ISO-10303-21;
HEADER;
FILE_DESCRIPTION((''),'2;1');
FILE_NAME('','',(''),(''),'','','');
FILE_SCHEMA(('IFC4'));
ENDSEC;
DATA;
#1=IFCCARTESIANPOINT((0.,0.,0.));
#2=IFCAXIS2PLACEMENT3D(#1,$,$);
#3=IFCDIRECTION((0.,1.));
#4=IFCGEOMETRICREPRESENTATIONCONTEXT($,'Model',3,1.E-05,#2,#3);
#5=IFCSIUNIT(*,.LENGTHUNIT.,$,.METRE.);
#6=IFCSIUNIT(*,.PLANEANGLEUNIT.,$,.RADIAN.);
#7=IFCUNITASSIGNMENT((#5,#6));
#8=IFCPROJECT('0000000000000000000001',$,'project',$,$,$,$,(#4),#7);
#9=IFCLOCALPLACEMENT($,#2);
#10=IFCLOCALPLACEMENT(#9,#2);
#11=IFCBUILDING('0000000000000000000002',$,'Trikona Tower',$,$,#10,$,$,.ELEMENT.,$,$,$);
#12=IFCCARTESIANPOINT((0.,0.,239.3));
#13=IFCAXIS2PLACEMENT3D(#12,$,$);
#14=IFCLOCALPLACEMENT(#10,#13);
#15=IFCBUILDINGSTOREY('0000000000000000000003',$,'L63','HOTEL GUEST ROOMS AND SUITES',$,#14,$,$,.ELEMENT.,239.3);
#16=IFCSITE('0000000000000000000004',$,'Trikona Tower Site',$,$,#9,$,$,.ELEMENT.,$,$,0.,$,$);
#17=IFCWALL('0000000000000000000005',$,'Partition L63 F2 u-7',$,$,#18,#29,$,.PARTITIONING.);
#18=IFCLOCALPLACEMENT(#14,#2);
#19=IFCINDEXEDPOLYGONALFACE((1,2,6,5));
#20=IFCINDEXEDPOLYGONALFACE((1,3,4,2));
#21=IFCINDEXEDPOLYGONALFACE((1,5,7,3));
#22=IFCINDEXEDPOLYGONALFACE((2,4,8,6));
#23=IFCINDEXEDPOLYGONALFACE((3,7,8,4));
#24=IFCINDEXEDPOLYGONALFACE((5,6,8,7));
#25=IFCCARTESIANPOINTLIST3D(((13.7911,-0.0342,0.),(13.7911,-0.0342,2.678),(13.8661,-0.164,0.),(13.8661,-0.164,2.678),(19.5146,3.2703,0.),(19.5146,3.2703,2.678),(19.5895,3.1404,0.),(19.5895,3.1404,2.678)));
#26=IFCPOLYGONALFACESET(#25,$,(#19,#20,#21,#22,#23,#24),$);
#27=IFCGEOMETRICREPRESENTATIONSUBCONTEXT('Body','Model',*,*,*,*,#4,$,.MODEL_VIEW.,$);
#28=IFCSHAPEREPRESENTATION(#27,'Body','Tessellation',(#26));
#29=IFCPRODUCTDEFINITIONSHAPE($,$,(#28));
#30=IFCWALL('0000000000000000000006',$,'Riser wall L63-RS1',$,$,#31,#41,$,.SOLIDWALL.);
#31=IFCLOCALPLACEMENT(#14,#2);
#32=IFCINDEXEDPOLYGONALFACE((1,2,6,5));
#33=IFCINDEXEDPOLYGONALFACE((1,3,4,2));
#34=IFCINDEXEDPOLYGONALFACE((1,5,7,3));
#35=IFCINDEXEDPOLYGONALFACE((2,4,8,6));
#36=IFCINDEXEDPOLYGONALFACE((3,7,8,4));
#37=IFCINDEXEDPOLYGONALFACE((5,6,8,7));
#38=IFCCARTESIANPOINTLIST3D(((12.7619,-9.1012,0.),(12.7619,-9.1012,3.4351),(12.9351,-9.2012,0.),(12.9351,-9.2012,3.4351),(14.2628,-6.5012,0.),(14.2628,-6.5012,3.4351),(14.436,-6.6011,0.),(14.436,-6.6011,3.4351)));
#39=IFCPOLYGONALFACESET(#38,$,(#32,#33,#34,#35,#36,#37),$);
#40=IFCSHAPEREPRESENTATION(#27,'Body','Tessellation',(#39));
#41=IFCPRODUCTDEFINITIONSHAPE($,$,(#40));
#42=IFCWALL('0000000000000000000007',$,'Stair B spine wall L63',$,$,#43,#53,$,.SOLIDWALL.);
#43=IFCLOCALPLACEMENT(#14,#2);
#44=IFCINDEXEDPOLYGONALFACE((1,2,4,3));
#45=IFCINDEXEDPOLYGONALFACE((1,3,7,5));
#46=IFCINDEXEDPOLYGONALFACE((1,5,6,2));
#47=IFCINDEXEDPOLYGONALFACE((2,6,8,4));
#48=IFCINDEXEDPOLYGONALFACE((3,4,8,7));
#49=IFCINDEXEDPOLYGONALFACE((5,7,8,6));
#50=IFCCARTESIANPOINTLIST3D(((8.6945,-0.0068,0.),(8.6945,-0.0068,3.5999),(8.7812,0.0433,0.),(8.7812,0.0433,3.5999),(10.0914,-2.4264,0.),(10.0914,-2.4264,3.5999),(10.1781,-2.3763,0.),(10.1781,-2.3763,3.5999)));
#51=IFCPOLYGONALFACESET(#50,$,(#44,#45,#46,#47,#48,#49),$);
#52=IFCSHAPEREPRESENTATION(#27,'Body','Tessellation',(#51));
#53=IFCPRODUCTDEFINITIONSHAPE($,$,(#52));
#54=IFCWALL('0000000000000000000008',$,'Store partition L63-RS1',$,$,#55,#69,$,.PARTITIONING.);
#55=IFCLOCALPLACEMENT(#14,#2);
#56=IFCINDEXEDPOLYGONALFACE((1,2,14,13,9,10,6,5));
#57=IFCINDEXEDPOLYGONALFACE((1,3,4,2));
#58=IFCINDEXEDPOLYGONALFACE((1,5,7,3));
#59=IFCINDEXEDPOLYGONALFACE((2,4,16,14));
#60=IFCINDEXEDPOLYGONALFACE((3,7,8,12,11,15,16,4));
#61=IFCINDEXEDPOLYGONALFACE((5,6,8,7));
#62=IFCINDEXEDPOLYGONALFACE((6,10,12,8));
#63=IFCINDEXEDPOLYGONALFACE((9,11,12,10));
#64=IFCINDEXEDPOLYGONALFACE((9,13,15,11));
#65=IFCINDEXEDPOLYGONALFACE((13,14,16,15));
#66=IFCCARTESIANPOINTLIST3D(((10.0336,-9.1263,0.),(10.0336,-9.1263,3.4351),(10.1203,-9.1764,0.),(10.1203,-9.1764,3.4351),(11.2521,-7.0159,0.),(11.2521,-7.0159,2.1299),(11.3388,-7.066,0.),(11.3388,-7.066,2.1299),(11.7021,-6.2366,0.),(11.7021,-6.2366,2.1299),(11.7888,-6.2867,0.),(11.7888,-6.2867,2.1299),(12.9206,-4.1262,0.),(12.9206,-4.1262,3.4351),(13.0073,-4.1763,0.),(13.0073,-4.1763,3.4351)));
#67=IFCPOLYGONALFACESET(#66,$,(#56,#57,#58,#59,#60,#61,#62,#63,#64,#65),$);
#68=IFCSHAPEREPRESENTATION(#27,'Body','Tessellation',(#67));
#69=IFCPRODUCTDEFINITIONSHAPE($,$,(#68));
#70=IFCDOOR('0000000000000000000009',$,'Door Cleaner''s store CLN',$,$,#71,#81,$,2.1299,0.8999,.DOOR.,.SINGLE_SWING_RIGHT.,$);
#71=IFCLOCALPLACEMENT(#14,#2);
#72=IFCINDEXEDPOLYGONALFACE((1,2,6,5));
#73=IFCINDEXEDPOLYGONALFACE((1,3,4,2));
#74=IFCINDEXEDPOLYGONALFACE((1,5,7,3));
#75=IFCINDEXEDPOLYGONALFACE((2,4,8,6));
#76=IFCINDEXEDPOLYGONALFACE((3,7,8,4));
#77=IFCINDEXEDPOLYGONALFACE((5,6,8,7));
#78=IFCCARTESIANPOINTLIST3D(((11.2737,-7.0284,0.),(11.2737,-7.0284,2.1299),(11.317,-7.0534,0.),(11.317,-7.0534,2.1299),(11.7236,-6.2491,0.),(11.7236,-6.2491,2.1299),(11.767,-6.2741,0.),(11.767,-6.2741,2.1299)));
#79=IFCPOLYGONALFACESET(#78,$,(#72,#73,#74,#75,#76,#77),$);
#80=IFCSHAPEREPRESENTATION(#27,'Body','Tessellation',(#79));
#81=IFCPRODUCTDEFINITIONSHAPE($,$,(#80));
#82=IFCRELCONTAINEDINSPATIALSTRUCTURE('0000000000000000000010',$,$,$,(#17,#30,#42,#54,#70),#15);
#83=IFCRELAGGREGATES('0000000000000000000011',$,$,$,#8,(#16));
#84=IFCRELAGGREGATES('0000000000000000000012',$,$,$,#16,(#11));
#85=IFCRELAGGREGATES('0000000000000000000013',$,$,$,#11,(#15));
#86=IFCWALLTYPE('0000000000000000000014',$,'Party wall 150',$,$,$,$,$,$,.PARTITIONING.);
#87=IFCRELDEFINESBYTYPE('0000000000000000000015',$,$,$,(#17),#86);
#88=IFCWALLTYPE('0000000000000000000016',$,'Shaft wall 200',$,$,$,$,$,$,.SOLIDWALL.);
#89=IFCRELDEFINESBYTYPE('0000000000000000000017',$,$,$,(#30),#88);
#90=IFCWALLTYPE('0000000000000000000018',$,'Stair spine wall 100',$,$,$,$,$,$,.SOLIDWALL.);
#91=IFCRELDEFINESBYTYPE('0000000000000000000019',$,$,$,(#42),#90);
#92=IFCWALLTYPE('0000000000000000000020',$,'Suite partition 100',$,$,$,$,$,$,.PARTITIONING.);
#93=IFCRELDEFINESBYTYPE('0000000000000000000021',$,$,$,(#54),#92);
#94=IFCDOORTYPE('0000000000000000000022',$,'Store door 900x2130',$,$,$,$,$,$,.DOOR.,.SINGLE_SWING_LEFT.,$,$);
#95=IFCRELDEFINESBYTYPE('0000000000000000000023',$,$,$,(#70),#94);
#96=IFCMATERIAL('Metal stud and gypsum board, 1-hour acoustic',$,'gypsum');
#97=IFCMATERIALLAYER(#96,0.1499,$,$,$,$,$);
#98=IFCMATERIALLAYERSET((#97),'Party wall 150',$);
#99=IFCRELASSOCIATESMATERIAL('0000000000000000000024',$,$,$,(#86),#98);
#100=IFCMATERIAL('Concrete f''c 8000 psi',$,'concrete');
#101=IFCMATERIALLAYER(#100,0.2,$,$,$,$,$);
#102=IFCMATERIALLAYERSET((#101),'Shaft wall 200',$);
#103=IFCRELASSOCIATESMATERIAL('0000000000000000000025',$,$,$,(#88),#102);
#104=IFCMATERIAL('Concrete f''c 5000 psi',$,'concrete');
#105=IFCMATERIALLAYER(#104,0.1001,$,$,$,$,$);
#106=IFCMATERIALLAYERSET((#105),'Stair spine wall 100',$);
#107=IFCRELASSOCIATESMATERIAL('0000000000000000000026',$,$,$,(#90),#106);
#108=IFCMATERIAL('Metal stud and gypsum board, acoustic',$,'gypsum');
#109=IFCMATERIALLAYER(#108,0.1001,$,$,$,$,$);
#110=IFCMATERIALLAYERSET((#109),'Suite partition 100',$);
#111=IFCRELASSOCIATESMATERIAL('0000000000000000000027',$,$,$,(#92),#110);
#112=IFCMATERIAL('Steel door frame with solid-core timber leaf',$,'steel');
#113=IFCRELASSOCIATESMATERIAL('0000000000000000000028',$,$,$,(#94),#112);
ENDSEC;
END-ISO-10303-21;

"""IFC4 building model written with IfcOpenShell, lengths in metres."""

from ifc_helpers import new_model, si_unit, direction, frame, frame_2d, origin, place, context, subcontext, project, spatial, rectangle, extrude, material, layer, layer_set, type_object, element, fill, save


model = new_model("IFC4")

# Units and contexts
model_context = context("Model", 3, precision=1e-05, world=origin(), true_north=direction((0.0, 1.0)))
body_context = subcontext(model_context, "Body", "Model", "MODEL_VIEW")
ifc_project = project(units=[si_unit("LENGTHUNIT", "METRE"), si_unit("PLANEANGLEUNIT", "RADIAN")], contexts=[model_context])

# Site, building, storey
site_placement = place(None, origin())
site = spatial("IfcSite", under=ifc_project, at=site_placement, Name="Trikona Tower Site", CompositionType="ELEMENT", RefElevation=0.0)
building_placement = place(site_placement, origin())
building = spatial("IfcBuilding", under=site, at=building_placement, Name="Trikona Tower", CompositionType="ELEMENT")
storey_placement = place(building_placement, frame((0.0, 0.0, 239.3)))
storey = spatial("IfcBuildingStorey", under=building, at=storey_placement, Name="L63", Description="HOTEL GUEST ROOMS AND SUITES", CompositionType="ELEMENT", Elevation=239.3)

# Walls
ifc_material_1 = material(Name="Metal stud and gypsum board, 1-hour acoustic", Category="gypsum")
ifc_layer_1 = layer(ifc_material_1, 0.1499)
ifc_layer_set_1 = layer_set([ifc_layer_1], Name="Party wall 150")
wall_type_1 = type_object("IfcWallType", Name="Party wall 150", PredefinedType="PARTITIONING", material=ifc_layer_set_1)
wall_1_placement = place(storey_placement, frame((13.8286, -0.0991, 0.0), z_axis=(0.0, 0.0, 1.0), x_axis=(0.866023, 0.500005, 0.0)))
element("IfcWall", 1, at=wall_1_placement, inside=storey, type_object=wall_type_1, Name="Partition L63 F2 u-7", PredefinedType="PARTITIONING", context=body_context, shape_type="SweptSolid", body=[
    extrude(rectangle(XDim=6.6089, YDim=0.1499, at=frame_2d((3.3044, 0.0))), origin(), (0.0, 0.0, 1.0), 2.678),
])
ifc_material_2 = material(Name="Concrete f'c 8000 psi", Category="concrete")
ifc_layer_2 = layer(ifc_material_2, 0.2)
ifc_layer_set_2 = layer_set([ifc_layer_2], Name="Shaft wall 200")
wall_type_2 = type_object("IfcWallType", Name="Shaft wall 200", PredefinedType="SOLIDWALL", material=ifc_layer_set_2)
wall_2_placement = place(storey_placement, frame((14.3494, -6.5513, 0.0), z_axis=(0.0, 0.0, 1.0), x_axis=(-0.499952, -0.866053, 0.0)))
element("IfcWall", 2, at=wall_2_placement, inside=storey, type_object=wall_type_2, Name="Riser wall L63-RS1", PredefinedType="SOLIDWALL", context=body_context, shape_type="SweptSolid", body=[
    extrude(rectangle(XDim=3.0022, YDim=0.2, at=frame_2d((1.501, 0.0))), origin(), (0.0, 0.0, 1.0), 3.4351),
])
ifc_material_3 = material(Name="Concrete f'c 5000 psi", Category="concrete")
ifc_layer_3 = layer(ifc_material_3, 0.1001)
ifc_layer_set_3 = layer_set([ifc_layer_3], Name="Stair spine wall 100")
wall_type_3 = type_object("IfcWallType", Name="Stair spine wall 100", PredefinedType="SOLIDWALL", material=ifc_layer_set_3)
wall_3_placement = place(storey_placement, frame((10.1348, -2.4014, 0.0), z_axis=(0.0, 0.0, 1.0), x_axis=(-0.499992, 0.86603, 0.0)))
element("IfcWall", 3, at=wall_3_placement, inside=storey, type_object=wall_type_3, Name="Stair B spine wall L63", PredefinedType="SOLIDWALL", context=body_context, shape_type="SweptSolid", body=[
    extrude(rectangle(XDim=2.7939, YDim=0.1001, at=frame_2d((1.397, 0.0))), origin(), (0.0, 0.0, 1.0), 3.5999),
])

# Wall, opening, door
ifc_material_4 = material(Name="Metal stud and gypsum board, acoustic", Category="gypsum")
ifc_layer_4 = layer(ifc_material_4, 0.1001)
ifc_layer_set_4 = layer_set([ifc_layer_4], Name="Suite partition 100")
wall_type_4 = type_object("IfcWallType", Name="Suite partition 100", PredefinedType="PARTITIONING", material=ifc_layer_set_4)
wall_4_placement = place(storey_placement, frame((12.9639, -4.1514, 0.0), z_axis=(0.0, 0.0, 1.0), x_axis=(-0.500027, -0.86601, 0.0)))
wall_4 = element("IfcWall", 4, at=wall_4_placement, inside=storey, type_object=wall_type_4, Name="Store partition L63-RS1", PredefinedType="PARTITIONING", context=body_context, shape_type="SweptSolid", body=[
    extrude(rectangle(XDim=5.7737, YDim=0.1001, at=frame_2d((2.8867, 0.0))), origin(), (0.0, 0.0, 1.0), 3.4351),
])
opening_1_placement = place(wall_4_placement, frame((2.4368, 0.0, 0.0)))
opening_1 = element("IfcOpeningElement", 5, at=opening_1_placement, cuts=wall_4, PredefinedType="OPENING", context=body_context, shape_type="SweptSolid", body=[
    extrude(rectangle(XDim=0.8999, YDim=2.1299, at=frame_2d((0.45, 1.0649))), frame((0.0, 0.0601, 0.0), z_axis=(0.0, -1.0, 0.0), x_axis=(1.0, 0.0, 0.0)), (0.0, 0.0, 1.0), 0.1201),
])
ifc_material_5 = material(Name="Steel door frame with solid-core timber leaf", Category="steel")
door_type_1 = type_object("IfcDoorType", Name="Store door 900x2130", OperationType="SINGLE_SWING_LEFT", PredefinedType="DOOR", material=ifc_material_5)
door_1_placement = place(opening_1_placement, origin())
door_1 = element("IfcDoor", 6, at=door_1_placement, inside=storey, type_object=door_type_1, Name="Door Cleaner's store CLN", OperationType="SINGLE_SWING_RIGHT", OverallHeight=2.1299, OverallWidth=0.8999, PredefinedType="DOOR", context=body_context, shape_type="SweptSolid", body=[
    extrude(rectangle(XDim=0.8999, YDim=2.1299, at=frame_2d((0.45, 1.0649))), frame((0.0, 0.0249, 0.0), z_axis=(0.0, -1.0, 0.0), x_axis=(1.0, 0.0, 0.0)), (0.0, 0.0, 1.0), 0.05),
])
fill(opening_1, door_1)

save(model, "model.ifc")
